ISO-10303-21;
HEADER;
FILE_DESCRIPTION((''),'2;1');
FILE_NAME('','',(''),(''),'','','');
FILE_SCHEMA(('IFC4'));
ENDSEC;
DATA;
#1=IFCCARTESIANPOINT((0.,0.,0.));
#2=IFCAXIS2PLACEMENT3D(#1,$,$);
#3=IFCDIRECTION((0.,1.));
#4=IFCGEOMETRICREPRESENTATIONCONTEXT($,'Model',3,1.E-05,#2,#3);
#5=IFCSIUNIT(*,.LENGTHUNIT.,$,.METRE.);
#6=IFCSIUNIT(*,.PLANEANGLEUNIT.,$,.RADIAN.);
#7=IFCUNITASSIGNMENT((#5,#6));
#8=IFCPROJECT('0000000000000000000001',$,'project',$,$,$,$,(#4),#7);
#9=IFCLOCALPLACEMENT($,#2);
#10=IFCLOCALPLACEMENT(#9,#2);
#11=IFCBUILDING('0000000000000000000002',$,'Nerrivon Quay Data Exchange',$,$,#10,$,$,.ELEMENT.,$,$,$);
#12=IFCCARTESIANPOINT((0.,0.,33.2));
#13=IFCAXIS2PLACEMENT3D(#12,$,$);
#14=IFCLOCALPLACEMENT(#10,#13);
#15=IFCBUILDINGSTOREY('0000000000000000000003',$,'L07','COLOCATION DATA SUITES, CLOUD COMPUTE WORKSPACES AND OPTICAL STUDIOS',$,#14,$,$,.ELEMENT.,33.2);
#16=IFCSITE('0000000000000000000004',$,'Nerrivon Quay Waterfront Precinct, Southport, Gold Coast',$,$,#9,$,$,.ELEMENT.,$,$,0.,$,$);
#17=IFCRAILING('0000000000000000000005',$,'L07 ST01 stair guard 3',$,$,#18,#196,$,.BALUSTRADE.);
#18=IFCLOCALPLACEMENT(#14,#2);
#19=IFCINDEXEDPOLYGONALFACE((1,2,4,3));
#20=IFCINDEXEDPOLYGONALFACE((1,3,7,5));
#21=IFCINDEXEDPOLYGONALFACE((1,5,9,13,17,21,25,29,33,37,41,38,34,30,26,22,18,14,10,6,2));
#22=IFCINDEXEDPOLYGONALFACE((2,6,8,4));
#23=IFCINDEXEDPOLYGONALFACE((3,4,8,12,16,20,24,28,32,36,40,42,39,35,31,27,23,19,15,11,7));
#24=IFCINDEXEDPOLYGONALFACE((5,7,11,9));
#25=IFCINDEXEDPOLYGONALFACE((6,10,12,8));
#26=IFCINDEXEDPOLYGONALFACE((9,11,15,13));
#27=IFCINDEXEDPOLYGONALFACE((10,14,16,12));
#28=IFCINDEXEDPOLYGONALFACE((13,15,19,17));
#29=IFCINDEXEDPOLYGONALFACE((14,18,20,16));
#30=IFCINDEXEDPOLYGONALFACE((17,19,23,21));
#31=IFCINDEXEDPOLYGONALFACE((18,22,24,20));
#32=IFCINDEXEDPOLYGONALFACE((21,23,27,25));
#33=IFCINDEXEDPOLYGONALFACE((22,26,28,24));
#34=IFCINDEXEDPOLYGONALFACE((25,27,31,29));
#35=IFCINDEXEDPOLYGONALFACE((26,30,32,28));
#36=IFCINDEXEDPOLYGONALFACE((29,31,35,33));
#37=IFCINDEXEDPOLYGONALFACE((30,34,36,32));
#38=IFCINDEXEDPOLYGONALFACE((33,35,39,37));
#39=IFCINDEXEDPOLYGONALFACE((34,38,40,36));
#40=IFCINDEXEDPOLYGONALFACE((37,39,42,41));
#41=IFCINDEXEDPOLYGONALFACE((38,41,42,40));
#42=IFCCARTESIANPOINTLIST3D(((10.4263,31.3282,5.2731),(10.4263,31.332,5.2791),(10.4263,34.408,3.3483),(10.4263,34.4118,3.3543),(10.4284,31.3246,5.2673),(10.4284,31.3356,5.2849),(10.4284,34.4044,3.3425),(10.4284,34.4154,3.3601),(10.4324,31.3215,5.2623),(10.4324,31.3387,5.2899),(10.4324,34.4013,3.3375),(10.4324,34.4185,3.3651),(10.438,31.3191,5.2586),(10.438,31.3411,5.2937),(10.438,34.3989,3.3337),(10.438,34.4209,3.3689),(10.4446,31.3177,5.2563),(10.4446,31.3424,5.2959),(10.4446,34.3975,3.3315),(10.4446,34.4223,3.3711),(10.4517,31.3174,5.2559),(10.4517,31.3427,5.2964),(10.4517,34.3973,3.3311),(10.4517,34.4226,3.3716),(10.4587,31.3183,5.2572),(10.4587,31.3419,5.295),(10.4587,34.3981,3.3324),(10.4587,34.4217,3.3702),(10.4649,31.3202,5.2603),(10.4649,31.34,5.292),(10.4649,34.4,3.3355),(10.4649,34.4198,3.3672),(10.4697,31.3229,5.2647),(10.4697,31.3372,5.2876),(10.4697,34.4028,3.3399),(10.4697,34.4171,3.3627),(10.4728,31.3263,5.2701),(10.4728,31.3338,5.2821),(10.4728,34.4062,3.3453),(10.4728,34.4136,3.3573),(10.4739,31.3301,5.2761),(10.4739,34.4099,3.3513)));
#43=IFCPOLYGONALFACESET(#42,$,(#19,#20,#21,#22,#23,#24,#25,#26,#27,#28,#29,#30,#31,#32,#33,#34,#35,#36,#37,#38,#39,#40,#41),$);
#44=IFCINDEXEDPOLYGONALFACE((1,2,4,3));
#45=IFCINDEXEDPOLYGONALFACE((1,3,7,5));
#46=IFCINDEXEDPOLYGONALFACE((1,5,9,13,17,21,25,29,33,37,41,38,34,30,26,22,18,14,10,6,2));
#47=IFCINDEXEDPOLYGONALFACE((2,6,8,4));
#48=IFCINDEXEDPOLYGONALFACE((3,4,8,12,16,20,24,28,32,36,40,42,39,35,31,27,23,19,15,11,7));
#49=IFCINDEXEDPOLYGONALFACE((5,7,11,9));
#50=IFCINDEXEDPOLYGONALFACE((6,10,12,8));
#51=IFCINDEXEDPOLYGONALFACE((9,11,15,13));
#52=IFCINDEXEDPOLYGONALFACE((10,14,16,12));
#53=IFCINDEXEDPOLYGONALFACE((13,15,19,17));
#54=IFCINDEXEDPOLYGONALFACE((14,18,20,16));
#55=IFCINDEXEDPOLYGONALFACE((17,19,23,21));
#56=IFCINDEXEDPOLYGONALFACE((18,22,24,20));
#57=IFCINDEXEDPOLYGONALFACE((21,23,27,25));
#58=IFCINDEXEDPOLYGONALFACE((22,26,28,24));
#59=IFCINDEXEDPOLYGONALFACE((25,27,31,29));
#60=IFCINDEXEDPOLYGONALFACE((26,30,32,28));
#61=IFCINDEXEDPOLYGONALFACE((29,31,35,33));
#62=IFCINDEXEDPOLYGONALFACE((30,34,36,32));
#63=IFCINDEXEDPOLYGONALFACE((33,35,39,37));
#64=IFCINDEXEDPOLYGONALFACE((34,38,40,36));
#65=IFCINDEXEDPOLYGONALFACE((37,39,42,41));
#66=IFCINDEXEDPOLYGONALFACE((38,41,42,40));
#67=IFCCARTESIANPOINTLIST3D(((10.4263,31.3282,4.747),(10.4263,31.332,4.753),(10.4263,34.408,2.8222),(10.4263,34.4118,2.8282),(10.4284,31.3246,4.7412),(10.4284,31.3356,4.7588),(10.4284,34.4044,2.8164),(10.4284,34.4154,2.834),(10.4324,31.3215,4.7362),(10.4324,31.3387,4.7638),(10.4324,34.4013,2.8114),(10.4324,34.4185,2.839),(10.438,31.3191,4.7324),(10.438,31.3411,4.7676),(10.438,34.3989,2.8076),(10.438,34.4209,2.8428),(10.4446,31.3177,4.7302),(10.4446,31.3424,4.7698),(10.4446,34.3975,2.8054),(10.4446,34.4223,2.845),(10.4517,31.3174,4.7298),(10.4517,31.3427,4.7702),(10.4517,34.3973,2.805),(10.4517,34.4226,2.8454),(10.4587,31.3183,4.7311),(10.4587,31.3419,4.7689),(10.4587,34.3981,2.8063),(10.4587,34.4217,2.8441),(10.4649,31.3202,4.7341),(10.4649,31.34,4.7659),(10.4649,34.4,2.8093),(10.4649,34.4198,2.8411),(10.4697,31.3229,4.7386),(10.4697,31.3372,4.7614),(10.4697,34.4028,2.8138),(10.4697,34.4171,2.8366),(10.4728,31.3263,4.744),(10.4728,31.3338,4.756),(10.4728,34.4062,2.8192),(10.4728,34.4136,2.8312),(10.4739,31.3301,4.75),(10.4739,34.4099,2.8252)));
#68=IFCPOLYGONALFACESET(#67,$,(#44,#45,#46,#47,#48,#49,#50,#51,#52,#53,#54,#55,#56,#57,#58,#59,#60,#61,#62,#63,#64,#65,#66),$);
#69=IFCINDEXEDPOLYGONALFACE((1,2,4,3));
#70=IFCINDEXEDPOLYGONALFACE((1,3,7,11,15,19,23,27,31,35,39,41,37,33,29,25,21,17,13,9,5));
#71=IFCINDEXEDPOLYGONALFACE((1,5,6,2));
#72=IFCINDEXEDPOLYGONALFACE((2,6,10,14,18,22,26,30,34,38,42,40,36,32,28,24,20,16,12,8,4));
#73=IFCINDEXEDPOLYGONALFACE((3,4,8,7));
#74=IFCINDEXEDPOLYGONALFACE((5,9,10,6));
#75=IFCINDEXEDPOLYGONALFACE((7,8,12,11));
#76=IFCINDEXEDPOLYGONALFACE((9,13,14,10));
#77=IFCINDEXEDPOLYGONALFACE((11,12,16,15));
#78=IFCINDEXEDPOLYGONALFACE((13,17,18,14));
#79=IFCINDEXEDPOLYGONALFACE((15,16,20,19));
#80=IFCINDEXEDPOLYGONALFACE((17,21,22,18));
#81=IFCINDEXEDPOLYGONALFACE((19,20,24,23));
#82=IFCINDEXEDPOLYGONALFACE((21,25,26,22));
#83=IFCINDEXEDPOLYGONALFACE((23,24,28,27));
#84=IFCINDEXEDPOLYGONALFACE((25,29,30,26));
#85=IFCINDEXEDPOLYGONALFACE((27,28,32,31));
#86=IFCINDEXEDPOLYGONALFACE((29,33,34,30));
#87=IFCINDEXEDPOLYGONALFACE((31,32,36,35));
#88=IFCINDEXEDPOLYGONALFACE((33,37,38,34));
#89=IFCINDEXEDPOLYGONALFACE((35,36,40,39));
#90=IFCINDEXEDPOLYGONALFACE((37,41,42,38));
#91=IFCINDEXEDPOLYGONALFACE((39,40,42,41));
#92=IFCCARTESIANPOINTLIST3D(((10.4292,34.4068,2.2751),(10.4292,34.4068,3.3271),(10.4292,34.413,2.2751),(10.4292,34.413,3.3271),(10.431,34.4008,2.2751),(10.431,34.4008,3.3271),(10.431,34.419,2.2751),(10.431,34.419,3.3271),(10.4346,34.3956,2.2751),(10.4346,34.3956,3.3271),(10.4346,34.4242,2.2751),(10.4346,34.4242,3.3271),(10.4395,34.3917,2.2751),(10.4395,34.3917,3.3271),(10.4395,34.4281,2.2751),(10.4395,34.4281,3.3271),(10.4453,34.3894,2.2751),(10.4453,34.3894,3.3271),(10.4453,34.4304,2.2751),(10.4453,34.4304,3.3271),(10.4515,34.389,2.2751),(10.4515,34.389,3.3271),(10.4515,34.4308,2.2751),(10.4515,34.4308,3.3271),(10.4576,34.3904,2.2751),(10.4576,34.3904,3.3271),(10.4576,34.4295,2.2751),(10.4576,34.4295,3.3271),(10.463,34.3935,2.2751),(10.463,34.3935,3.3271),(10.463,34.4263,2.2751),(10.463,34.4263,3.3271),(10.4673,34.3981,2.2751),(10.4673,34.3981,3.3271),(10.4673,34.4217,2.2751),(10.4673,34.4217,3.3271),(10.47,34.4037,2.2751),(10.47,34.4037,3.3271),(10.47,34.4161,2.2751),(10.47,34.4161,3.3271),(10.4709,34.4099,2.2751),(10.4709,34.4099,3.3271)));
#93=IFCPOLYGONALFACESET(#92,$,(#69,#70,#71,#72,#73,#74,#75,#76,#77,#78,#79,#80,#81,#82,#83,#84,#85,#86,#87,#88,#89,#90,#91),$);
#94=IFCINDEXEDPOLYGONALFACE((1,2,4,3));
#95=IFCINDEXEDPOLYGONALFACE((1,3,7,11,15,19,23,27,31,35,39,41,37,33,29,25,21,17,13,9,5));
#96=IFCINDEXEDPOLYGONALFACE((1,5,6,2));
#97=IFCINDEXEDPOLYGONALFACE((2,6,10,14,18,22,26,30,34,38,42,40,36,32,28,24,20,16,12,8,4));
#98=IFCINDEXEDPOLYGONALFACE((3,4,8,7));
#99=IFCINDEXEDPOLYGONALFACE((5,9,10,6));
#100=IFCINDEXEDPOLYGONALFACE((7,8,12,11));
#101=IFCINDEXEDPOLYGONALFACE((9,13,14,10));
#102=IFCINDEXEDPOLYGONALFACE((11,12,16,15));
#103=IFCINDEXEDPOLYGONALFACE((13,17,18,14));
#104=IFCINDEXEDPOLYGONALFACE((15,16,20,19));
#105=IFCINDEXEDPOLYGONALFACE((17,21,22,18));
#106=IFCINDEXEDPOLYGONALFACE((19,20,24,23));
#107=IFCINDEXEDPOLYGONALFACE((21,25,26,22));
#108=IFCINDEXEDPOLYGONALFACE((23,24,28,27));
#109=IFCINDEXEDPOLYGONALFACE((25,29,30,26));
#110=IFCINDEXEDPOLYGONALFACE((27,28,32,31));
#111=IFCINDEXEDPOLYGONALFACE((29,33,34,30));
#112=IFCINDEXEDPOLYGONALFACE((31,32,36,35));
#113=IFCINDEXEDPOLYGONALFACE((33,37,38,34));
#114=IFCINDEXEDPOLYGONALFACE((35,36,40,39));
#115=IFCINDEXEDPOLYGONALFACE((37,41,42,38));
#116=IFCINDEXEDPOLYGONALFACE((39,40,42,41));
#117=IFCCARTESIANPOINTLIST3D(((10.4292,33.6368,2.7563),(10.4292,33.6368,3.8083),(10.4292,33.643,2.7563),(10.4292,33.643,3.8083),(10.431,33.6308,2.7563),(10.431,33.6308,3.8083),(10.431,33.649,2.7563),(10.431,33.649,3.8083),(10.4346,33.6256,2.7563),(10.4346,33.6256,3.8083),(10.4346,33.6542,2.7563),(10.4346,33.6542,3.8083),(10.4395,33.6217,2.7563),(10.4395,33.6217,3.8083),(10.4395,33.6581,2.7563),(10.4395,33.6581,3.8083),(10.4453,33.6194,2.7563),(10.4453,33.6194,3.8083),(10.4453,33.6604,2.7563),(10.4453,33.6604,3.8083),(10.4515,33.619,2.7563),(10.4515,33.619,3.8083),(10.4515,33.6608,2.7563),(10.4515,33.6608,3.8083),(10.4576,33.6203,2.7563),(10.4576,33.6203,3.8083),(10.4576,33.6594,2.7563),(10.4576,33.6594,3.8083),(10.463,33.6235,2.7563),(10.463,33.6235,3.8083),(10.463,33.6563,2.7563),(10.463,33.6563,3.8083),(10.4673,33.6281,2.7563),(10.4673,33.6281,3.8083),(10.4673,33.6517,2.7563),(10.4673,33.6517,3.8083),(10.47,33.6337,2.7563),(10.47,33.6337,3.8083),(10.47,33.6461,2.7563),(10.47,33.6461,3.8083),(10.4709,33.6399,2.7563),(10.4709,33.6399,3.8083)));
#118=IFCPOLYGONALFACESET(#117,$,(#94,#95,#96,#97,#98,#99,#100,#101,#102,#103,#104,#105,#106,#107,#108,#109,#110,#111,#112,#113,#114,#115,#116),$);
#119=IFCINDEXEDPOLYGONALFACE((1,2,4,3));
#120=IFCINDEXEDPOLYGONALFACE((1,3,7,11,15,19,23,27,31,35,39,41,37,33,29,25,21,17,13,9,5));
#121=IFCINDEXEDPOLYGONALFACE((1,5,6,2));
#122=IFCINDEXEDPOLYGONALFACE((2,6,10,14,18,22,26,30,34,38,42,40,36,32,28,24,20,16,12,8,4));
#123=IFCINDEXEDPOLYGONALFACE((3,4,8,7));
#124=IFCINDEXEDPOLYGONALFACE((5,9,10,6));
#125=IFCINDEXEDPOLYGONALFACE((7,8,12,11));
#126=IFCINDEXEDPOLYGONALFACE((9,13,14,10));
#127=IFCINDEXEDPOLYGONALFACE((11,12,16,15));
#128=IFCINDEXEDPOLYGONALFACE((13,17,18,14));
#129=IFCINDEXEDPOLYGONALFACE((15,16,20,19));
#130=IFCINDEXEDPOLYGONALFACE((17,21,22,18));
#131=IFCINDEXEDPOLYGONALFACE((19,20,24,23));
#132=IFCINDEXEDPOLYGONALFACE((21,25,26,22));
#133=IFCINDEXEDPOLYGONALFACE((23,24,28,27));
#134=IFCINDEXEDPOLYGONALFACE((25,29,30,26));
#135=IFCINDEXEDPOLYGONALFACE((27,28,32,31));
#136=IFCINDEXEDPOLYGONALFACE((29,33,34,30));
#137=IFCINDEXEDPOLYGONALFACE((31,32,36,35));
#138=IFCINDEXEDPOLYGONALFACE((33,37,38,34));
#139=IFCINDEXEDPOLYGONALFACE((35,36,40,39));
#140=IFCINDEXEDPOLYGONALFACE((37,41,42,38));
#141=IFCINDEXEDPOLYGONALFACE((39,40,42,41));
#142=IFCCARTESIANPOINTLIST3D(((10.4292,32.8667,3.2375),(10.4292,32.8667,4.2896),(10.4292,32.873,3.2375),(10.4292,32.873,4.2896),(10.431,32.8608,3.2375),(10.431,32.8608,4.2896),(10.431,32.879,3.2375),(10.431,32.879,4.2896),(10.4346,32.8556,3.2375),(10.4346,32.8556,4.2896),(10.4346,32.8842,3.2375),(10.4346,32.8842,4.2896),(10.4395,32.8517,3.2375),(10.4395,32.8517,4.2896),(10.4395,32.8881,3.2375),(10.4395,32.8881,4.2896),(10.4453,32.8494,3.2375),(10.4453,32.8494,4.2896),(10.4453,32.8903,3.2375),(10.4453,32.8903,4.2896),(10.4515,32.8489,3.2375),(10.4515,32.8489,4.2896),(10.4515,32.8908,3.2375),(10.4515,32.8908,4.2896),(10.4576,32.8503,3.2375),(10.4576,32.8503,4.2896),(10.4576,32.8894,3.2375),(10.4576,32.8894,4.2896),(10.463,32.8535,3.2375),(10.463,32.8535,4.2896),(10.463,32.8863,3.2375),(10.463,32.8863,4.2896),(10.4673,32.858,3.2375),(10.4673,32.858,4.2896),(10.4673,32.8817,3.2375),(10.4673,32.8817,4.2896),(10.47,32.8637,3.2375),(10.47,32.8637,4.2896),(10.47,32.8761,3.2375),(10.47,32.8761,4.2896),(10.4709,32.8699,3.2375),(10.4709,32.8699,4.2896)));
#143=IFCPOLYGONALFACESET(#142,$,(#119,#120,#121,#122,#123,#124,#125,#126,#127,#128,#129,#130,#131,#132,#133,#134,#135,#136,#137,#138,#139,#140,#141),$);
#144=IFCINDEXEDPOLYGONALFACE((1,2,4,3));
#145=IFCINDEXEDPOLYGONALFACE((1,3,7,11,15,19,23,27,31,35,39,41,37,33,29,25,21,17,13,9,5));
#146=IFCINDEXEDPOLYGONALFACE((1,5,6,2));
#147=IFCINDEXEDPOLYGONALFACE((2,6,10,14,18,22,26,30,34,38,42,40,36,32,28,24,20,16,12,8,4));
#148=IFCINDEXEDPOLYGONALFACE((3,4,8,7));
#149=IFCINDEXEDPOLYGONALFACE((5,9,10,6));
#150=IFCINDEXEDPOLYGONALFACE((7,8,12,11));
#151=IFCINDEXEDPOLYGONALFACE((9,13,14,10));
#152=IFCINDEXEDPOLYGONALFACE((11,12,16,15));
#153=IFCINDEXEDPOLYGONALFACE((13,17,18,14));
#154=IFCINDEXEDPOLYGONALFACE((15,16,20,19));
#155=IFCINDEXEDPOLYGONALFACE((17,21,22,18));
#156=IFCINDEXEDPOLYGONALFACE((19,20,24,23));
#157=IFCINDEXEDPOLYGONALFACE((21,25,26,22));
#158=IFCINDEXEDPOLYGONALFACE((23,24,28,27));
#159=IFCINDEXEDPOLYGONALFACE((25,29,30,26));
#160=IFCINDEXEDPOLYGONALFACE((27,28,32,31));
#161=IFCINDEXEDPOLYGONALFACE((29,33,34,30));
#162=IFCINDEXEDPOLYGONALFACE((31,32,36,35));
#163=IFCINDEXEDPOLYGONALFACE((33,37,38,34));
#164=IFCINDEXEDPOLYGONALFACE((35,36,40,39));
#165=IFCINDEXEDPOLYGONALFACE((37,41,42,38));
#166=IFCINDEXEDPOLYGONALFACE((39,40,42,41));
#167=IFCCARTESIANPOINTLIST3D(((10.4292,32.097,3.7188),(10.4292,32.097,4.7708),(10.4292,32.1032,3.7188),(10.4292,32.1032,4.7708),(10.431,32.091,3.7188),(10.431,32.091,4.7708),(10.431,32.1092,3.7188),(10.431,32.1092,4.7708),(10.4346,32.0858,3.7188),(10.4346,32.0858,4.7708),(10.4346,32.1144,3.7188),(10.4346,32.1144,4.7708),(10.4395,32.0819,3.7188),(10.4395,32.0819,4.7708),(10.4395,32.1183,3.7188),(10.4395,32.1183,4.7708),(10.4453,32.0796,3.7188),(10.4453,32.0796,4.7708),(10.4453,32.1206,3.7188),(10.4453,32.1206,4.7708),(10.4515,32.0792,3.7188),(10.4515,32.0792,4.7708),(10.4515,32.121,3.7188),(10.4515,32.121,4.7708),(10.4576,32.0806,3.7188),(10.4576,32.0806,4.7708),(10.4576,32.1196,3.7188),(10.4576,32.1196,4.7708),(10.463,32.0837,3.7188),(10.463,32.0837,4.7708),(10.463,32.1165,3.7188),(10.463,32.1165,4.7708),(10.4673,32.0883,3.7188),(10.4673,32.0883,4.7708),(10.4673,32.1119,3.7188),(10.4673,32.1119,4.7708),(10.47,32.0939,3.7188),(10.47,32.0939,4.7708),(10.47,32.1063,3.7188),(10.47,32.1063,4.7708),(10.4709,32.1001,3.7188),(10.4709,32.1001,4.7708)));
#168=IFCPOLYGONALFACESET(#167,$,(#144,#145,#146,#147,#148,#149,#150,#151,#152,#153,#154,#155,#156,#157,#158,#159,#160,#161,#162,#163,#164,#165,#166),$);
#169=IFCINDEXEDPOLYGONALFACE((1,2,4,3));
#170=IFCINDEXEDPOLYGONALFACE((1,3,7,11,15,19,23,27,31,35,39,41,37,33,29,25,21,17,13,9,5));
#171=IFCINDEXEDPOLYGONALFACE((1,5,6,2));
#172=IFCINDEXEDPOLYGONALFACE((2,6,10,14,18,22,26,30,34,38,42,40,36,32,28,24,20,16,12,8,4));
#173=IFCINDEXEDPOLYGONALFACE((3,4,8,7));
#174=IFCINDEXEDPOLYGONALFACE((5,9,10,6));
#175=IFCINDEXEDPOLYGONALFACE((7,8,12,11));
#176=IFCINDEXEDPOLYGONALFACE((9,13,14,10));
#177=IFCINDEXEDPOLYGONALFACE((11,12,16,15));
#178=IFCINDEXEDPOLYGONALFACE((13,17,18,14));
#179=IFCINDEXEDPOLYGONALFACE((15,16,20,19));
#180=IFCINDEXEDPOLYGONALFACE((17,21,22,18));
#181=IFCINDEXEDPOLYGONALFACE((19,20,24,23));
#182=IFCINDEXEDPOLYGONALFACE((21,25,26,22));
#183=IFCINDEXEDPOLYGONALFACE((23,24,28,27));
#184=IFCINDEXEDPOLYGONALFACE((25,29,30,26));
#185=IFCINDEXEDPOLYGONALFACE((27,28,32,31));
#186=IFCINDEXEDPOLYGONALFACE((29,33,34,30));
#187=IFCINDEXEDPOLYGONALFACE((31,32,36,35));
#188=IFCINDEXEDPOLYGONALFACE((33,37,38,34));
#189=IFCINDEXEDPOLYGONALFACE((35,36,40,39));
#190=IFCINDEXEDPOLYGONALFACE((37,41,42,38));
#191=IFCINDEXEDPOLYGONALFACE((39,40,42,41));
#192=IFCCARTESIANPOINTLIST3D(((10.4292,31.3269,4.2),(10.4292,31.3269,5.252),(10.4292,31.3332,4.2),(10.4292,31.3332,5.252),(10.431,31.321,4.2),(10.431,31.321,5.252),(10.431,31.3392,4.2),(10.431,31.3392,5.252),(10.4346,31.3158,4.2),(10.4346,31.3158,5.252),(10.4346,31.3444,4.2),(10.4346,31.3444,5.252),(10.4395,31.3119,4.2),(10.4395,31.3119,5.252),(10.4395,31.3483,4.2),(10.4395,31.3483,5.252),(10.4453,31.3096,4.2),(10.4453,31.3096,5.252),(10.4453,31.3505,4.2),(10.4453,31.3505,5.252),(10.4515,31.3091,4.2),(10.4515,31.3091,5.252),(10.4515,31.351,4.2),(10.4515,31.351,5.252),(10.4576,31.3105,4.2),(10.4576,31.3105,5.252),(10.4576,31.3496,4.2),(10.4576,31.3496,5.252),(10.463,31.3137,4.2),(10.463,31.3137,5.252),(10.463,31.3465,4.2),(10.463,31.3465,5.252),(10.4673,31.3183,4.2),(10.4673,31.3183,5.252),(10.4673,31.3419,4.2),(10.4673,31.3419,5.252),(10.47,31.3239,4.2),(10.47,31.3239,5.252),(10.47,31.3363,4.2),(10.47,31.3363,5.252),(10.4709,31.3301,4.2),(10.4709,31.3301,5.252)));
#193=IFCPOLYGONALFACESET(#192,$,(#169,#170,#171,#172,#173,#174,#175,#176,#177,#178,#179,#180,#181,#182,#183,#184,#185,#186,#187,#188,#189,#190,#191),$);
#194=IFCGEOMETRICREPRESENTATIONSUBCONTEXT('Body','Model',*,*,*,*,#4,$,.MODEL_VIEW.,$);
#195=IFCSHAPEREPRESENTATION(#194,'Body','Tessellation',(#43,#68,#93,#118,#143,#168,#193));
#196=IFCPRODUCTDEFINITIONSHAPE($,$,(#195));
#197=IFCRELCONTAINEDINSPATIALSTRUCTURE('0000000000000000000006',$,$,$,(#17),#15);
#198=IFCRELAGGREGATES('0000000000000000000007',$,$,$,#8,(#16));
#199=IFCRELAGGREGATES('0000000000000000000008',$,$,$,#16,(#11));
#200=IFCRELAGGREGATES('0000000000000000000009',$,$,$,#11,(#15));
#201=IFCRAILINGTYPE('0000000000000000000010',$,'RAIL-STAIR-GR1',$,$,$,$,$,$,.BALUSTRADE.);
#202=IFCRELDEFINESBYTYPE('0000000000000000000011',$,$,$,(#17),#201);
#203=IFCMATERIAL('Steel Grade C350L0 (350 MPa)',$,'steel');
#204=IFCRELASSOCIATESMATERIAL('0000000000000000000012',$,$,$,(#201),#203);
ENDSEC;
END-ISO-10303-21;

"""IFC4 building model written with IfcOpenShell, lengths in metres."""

from ifc_helpers import new_model, si_unit, direction, frame, origin, origin_2d, place, context, subcontext, project, spatial, circle, extrude, material, type_object, element, save


model = new_model("IFC4")

# Units and contexts
model_context = context("Model", 3, precision=1e-05, world=origin(), true_north=direction((0.0, 1.0)))
body_context = subcontext(model_context, "Body", "Model", "MODEL_VIEW")
ifc_project = project(units=[si_unit("LENGTHUNIT", "METRE"), si_unit("PLANEANGLEUNIT", "RADIAN")], contexts=[model_context])

# Site, building, storey
site_placement = place(None, origin())
site = spatial("IfcSite", under=ifc_project, at=site_placement, Name="Nerrivon Quay Waterfront Precinct, Southport, Gold Coast", CompositionType="ELEMENT", RefElevation=0.0)
building_placement = place(site_placement, origin())
building = spatial("IfcBuilding", under=site, at=building_placement, Name="Nerrivon Quay Data Exchange", CompositionType="ELEMENT")
storey_placement = place(building_placement, frame((0.0, 0.0, 33.2)))
storey = spatial("IfcBuildingStorey", under=building, at=storey_placement, Name="L07", Description="COLOCATION DATA SUITES, CLOUD COMPUTE WORKSPACES AND OPTICAL STUDIOS", CompositionType="ELEMENT", Elevation=33.2)

# Railing
ifc_material_1 = material(Name="Steel Grade C350L0 (350 MPa)", Category="steel")
railing_type = type_object("IfcRailingType", Name="RAIL-STAIR-GR1", PredefinedType="BALUSTRADE", material=ifc_material_1)
railing_1_placement = place(storey_placement, frame((10.45, 34.4099, 2.2751)))
element("IfcRailing", 1, at=railing_1_placement, inside=storey, type_object=railing_type, Name="L07 ST01 stair guard 3", PredefinedType="BALUSTRADE", context=body_context, shape_type="SweptSolid", body=[
    extrude(circle(Radius=0.0239, at=origin_2d()), frame((0.0, 0.0, 1.0762), z_axis=(0.0, -0.84801, 0.529981), x_axis=(1.0, 0.0, 0.0)), (0.0, 0.0, 1.0), 3.6318),
    extrude(circle(Radius=0.0239, at=origin_2d()), frame((0.0, 0.0, 0.55), z_axis=(0.0, -0.84801, 0.529981), x_axis=(1.0, 0.0, 0.0)), (0.0, 0.0, 1.0), 3.6318),
    extrude(circle(Radius=0.021, at=origin_2d()), origin(), (0.0, 0.0, 1.0), 1.052),
    extrude(circle(Radius=0.021, at=origin_2d()), frame((0.0, -0.77, 0.4812)), (0.0, 0.0, 1.0), 1.052),
    extrude(circle(Radius=0.021, at=origin_2d()), frame((0.0, -1.54, 0.9624)), (0.0, 0.0, 1.0), 1.052),
    extrude(circle(Radius=0.021, at=origin_2d()), frame((0.0, -2.3098, 1.4436)), (0.0, 0.0, 1.0), 1.052),
    extrude(circle(Radius=0.021, at=origin_2d()), frame((0.0, -3.0798, 1.9248)), (0.0, 0.0, 1.0), 1.052),
])

save(model, "model.ifc")
